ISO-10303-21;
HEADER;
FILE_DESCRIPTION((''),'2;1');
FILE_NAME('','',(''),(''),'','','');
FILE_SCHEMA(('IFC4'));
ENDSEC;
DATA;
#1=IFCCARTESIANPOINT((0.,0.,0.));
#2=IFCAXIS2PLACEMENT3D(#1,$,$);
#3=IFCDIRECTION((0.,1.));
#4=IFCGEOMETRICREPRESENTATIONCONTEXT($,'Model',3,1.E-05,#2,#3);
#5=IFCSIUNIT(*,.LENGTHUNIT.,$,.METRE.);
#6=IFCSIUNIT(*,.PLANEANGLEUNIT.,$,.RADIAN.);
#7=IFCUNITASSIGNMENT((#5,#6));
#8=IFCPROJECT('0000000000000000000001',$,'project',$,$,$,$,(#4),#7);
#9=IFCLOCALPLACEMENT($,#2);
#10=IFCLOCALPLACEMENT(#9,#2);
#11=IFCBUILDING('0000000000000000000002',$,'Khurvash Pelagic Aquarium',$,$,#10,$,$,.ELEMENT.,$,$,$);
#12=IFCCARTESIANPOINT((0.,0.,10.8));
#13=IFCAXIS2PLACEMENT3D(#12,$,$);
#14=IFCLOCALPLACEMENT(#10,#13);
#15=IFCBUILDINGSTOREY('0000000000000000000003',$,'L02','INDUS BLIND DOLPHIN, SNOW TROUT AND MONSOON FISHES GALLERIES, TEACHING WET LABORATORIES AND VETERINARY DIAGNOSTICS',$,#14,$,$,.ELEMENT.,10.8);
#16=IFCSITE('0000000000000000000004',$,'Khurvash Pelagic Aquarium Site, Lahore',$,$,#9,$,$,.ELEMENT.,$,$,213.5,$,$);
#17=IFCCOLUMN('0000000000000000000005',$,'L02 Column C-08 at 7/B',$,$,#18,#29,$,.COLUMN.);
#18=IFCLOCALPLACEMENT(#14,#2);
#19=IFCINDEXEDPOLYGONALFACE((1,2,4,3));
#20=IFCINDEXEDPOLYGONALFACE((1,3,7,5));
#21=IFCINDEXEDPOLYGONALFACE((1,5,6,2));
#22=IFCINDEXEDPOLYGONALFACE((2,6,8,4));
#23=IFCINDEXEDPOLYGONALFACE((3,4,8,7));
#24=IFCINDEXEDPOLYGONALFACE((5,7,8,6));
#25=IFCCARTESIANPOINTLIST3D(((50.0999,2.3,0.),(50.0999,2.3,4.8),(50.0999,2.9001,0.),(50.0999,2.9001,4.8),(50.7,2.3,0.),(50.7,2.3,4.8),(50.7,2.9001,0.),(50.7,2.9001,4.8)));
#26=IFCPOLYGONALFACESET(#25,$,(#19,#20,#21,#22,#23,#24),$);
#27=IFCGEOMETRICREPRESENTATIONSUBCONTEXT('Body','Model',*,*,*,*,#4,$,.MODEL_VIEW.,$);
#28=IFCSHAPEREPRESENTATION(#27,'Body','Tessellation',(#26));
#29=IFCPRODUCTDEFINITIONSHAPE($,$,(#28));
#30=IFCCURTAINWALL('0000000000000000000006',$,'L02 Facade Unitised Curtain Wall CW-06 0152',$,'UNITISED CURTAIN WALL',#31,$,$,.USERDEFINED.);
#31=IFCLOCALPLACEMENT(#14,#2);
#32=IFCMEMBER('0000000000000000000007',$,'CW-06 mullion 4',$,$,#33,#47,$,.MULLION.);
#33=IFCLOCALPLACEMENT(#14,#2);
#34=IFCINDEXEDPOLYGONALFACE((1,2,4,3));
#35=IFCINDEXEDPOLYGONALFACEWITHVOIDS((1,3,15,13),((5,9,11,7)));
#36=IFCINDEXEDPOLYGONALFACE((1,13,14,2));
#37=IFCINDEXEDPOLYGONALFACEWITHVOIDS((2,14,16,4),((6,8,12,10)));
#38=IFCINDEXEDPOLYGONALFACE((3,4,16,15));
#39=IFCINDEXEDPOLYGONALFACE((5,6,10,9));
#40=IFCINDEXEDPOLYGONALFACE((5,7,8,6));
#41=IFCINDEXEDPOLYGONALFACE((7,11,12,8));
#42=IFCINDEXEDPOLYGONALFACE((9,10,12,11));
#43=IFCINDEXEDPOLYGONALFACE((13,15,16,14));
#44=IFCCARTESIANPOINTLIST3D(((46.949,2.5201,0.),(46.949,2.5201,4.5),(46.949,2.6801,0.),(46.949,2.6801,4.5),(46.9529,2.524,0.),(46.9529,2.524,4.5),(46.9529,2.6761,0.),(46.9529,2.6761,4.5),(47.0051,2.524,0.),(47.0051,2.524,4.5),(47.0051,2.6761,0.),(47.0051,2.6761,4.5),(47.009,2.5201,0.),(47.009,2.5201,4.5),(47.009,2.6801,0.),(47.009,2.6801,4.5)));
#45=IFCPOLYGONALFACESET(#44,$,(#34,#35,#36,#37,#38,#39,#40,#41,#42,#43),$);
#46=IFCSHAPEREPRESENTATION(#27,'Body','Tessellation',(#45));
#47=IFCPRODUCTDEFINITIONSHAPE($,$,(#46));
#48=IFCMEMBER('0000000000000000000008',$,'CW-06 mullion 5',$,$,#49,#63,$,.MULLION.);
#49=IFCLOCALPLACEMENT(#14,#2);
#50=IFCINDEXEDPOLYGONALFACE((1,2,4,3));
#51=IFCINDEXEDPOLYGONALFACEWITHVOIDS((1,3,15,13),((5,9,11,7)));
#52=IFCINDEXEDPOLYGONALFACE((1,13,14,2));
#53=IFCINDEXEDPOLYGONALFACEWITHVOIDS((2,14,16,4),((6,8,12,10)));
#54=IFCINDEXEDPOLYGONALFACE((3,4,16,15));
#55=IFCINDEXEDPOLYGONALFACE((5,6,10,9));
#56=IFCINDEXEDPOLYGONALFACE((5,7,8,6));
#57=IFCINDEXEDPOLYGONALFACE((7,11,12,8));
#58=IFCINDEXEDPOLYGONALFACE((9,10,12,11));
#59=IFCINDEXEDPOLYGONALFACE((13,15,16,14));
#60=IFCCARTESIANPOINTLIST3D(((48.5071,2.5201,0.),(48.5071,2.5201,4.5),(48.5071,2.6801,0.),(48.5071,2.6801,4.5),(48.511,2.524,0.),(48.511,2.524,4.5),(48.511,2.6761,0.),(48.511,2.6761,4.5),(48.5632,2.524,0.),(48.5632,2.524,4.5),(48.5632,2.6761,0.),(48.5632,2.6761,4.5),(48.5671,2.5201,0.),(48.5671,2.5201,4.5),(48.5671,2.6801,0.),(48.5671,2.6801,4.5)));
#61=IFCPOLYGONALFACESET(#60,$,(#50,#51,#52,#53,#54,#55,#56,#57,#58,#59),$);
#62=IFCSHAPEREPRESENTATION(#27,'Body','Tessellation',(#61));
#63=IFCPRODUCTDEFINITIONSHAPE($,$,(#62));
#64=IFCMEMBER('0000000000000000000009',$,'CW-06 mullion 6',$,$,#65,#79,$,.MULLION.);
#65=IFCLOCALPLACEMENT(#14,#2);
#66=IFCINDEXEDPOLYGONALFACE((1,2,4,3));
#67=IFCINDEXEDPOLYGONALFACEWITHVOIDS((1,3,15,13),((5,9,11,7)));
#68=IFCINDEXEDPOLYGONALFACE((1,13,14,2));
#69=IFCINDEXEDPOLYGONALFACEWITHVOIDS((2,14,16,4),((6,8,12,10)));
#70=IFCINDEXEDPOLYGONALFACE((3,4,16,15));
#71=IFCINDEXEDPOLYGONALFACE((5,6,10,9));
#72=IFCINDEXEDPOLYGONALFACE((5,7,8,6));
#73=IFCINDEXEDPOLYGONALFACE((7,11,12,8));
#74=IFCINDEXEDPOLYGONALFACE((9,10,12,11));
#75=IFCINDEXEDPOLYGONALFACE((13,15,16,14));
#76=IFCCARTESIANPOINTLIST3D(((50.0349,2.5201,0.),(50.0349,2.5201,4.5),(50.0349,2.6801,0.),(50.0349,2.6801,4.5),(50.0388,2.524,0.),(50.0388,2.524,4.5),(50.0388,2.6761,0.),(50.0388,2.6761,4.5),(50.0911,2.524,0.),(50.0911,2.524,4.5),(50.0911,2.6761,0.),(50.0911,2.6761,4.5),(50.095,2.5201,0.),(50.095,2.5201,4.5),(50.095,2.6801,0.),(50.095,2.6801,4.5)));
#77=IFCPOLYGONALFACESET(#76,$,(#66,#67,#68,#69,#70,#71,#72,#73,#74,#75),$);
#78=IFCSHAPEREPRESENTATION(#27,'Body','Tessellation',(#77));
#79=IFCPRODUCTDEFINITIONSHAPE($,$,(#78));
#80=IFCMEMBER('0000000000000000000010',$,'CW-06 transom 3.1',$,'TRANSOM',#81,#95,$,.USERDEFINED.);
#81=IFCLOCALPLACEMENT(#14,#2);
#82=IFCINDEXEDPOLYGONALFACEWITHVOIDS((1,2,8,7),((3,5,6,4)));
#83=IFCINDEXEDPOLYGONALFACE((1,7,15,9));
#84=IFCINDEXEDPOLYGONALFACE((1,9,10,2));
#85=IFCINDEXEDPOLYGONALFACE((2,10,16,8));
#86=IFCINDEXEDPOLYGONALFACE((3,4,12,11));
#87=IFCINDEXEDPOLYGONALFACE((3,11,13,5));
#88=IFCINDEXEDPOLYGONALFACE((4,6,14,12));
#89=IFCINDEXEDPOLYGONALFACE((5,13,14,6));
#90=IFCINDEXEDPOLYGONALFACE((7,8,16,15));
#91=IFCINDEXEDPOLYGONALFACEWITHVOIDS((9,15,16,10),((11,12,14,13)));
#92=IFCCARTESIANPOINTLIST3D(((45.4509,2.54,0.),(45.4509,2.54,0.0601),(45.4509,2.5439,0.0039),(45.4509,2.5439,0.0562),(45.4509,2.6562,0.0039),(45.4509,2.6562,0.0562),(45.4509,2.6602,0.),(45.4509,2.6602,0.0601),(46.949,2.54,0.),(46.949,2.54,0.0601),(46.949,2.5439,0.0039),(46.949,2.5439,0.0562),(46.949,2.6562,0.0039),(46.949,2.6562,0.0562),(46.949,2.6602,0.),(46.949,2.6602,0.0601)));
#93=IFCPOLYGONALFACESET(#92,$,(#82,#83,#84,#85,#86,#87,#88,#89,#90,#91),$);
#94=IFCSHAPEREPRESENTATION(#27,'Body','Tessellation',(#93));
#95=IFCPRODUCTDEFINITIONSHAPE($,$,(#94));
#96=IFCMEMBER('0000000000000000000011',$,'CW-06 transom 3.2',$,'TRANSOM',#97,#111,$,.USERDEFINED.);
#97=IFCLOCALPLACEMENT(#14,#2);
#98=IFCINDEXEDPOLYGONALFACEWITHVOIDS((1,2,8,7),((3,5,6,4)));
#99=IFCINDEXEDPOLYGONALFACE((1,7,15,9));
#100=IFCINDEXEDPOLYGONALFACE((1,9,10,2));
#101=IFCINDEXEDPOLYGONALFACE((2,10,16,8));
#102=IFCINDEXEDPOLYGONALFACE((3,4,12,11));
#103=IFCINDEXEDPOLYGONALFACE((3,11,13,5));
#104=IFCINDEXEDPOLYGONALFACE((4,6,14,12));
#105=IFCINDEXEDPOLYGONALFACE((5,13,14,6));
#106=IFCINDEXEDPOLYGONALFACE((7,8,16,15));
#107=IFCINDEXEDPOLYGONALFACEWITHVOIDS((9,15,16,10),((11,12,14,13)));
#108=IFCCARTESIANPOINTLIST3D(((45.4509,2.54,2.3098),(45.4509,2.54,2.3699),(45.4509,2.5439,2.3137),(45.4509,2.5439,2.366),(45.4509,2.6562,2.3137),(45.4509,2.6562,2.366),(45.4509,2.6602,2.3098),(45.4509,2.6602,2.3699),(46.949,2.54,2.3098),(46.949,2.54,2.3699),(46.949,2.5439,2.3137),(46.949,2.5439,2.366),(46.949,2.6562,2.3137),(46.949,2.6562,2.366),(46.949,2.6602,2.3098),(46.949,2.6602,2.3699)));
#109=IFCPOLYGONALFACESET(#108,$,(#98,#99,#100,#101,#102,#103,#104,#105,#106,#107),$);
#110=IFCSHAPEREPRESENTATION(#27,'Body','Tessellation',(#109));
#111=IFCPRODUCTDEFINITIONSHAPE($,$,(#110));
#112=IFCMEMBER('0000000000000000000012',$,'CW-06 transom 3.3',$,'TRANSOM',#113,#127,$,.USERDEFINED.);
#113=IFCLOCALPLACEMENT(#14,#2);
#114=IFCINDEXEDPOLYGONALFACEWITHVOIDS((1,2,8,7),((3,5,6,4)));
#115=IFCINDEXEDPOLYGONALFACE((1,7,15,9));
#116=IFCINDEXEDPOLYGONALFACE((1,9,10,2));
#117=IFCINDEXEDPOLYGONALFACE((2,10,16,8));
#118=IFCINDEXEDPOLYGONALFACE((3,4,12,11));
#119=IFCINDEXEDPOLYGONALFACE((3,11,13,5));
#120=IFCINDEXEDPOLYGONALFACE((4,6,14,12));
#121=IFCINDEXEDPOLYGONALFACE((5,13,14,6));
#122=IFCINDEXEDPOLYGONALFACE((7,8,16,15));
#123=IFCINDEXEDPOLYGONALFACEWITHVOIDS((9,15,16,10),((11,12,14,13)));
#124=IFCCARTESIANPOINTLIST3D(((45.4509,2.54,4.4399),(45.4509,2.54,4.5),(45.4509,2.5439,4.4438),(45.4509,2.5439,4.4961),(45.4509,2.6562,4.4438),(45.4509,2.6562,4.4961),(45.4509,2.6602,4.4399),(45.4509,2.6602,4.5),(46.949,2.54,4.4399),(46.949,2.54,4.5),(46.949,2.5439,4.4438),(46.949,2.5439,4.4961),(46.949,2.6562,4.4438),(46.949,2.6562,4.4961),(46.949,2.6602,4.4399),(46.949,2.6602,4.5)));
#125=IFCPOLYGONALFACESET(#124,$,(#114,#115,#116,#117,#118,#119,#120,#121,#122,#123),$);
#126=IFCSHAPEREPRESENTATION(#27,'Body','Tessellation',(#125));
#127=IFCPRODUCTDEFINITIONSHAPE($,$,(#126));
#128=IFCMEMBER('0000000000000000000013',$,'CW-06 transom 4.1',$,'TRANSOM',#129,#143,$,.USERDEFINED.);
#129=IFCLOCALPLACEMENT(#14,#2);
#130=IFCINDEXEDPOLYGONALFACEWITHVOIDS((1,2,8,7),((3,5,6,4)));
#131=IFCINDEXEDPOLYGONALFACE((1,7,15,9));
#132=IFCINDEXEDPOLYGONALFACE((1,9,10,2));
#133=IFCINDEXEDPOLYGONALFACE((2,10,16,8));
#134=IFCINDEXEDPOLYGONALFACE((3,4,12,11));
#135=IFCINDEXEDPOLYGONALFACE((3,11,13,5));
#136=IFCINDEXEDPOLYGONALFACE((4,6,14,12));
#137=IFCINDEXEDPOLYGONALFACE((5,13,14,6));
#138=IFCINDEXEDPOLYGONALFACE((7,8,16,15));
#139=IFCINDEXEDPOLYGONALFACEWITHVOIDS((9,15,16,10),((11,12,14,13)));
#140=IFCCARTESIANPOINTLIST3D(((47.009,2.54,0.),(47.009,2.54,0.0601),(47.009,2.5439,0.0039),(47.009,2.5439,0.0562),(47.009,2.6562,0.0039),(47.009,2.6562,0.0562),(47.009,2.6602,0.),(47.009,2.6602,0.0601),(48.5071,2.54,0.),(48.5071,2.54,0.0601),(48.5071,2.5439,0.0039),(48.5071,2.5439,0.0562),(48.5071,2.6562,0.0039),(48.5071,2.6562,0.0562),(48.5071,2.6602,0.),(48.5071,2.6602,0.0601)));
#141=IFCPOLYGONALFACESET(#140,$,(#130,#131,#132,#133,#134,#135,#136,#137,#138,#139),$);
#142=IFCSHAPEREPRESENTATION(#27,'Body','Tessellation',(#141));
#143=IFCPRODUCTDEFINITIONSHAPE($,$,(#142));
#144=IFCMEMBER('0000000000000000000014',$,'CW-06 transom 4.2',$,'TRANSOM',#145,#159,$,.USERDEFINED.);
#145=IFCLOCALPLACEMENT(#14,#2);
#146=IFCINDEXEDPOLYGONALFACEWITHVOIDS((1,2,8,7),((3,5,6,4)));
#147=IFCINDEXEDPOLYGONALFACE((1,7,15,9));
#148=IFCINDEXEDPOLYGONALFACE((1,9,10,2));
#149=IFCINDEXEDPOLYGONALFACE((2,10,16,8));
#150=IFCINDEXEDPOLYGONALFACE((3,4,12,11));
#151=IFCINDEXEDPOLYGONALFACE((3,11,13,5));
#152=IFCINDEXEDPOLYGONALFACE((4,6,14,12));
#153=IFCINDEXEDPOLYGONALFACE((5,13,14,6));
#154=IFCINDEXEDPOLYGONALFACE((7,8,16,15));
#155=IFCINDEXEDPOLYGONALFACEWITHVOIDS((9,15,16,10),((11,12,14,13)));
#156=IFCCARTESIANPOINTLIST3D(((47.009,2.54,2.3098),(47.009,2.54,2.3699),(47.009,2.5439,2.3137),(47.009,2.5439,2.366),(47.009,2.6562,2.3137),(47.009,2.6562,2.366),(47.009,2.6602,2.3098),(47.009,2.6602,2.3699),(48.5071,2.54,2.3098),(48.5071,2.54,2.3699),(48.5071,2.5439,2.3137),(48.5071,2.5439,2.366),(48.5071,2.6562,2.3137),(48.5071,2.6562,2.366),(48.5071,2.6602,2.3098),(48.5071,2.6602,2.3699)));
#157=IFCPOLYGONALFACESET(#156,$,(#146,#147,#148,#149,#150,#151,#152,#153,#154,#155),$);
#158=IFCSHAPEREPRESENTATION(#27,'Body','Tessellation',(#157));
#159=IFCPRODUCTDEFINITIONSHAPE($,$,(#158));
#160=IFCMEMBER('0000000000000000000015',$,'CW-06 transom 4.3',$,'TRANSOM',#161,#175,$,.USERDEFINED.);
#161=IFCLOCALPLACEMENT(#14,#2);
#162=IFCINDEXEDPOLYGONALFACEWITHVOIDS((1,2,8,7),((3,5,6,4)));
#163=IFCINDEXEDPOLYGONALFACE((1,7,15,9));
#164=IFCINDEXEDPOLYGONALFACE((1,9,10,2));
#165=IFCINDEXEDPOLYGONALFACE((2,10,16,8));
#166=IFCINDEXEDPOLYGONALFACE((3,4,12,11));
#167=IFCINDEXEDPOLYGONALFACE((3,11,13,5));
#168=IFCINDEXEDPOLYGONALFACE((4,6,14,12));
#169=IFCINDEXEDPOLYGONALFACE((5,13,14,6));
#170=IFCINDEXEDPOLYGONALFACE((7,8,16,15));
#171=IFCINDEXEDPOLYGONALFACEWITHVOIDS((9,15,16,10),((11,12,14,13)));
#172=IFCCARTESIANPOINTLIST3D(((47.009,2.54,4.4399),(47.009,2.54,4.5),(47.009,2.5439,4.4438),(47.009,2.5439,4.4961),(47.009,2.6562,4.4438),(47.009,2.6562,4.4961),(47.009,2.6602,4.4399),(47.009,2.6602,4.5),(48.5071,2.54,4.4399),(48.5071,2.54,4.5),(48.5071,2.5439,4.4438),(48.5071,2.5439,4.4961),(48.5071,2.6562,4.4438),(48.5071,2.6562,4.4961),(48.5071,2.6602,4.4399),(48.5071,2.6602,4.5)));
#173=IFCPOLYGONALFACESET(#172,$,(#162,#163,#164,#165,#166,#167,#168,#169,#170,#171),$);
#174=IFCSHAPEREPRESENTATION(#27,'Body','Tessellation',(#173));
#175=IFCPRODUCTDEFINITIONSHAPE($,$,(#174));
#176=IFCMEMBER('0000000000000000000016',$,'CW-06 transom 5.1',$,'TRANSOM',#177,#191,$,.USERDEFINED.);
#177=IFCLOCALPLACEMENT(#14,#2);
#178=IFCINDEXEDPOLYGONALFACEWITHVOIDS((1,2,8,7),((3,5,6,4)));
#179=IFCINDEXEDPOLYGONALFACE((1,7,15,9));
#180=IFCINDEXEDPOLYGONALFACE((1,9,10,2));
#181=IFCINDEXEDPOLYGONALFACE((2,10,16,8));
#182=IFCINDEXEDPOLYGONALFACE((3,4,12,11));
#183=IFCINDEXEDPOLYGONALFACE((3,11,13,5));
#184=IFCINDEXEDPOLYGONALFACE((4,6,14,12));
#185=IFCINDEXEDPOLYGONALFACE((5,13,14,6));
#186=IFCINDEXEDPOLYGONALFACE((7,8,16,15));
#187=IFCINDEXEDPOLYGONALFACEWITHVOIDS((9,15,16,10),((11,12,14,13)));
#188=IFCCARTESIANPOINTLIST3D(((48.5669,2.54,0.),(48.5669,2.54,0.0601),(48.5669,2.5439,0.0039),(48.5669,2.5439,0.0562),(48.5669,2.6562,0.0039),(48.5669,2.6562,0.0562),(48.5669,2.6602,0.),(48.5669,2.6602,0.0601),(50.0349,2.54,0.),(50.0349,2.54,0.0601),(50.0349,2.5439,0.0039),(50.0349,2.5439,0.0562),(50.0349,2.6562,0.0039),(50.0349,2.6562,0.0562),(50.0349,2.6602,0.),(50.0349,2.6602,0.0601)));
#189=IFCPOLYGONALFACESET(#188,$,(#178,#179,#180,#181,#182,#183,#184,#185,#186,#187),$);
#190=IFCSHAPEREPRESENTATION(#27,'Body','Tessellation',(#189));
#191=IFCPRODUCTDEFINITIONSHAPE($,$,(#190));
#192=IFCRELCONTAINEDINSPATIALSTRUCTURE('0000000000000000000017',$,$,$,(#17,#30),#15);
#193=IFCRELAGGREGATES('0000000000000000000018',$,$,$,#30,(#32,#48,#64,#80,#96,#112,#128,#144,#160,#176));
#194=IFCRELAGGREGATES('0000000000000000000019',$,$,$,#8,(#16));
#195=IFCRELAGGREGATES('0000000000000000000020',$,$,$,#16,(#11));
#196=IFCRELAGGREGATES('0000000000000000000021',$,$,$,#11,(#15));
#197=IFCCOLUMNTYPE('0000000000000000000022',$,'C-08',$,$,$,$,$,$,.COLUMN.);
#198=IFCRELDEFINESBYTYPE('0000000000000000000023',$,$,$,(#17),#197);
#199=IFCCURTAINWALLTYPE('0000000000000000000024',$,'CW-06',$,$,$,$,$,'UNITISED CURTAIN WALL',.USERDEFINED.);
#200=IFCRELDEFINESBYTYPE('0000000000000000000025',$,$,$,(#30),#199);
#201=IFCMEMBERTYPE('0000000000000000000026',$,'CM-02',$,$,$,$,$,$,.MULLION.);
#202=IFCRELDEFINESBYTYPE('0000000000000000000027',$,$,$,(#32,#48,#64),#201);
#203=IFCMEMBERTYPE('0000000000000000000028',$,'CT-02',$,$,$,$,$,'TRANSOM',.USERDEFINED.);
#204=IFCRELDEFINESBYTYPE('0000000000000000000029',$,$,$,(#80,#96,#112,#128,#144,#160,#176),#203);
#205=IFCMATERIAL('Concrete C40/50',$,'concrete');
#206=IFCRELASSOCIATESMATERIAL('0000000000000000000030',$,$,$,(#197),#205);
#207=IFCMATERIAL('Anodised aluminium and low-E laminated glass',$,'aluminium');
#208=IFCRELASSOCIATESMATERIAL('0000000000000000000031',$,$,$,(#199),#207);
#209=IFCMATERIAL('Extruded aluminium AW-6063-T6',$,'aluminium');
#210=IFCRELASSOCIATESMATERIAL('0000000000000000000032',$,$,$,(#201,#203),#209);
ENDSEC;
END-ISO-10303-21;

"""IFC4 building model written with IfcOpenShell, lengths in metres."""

from ifc_helpers import new_model, si_unit, direction, frame, origin, origin_2d, place, context, subcontext, project, spatial, rectangle, hollow_rectangle, extrude, material, material_profile, profile_set, type_object, element, aggregate, save


model = new_model("IFC4")

# Units and contexts
model_context = context("Model", 3, precision=1e-05, world=origin(), true_north=direction((0.0, 1.0)))
body_context = subcontext(model_context, "Body", "Model", "MODEL_VIEW")
ifc_project = project(units=[si_unit("LENGTHUNIT", "METRE"), si_unit("PLANEANGLEUNIT", "RADIAN")], contexts=[model_context])

# Site, building, storey
site_placement = place(None, origin())
site = spatial("IfcSite", under=ifc_project, at=site_placement, Name="Khurvash Pelagic Aquarium Site, Lahore", CompositionType="ELEMENT", RefElevation=213.5)
building_placement = place(site_placement, origin())
building = spatial("IfcBuilding", under=site, at=building_placement, Name="Khurvash Pelagic Aquarium", CompositionType="ELEMENT")
storey_placement = place(building_placement, frame((0.0, 0.0, 10.8)))
storey = spatial("IfcBuildingStorey", under=building, at=storey_placement, Name="L02", Description="INDUS BLIND DOLPHIN, SNOW TROUT AND MONSOON FISHES GALLERIES, TEACHING WET LABORATORIES AND VETERINARY DIAGNOSTICS", CompositionType="ELEMENT", Elevation=10.8)

# Column
ifc_material_1 = material(Name="Concrete C40/50", Category="concrete")
ifc_material_profile_1 = material_profile(ifc_material_1, rectangle(XDim=0.6001, YDim=0.6001, at=origin_2d()), Name="RC600X600")
ifc_profile_set_1 = profile_set([ifc_material_profile_1], Name="Concrete C40/50")
column_type = type_object("IfcColumnType", Name="C-08", PredefinedType="COLUMN", material=ifc_profile_set_1)
column_placement = place(storey_placement, frame((50.3999, 2.6001, 0.0), z_axis=(0.0, 0.0, 1.0), x_axis=(1.0, 0.0, 0.0)))
element("IfcColumn", 1, at=column_placement, inside=storey, type_object=column_type, Name="L02 Column C-08 at 7/B", PredefinedType="COLUMN", context=body_context, shape_type="SweptSolid", body=[
    extrude(rectangle(XDim=0.6001, YDim=0.6001, at=origin_2d()), origin(), (0.0, 0.0, 1.0), 4.8),
])

# Curtain wall, members
ifc_material_2 = material(Name="Anodised aluminium and low-E laminated glass", Category="aluminium")
curtain_wall_type = type_object("IfcCurtainWallType", Name="CW-06", ElementType="UNITISED CURTAIN WALL", PredefinedType="USERDEFINED", material=ifc_material_2)
curtain_wall_placement = place(storey_placement, origin())
curtain_wall = element("IfcCurtainWall", 2, at=curtain_wall_placement, inside=storey, type_object=curtain_wall_type, Name="L02 Facade Unitised Curtain Wall CW-06 0152", ObjectType="UNITISED CURTAIN WALL", PredefinedType="USERDEFINED")
ifc_material_3 = material(Name="Extruded aluminium AW-6063-T6", Category="aluminium")
ifc_material_profile_2 = material_profile(ifc_material_3, hollow_rectangle(XDim=0.0601, YDim=0.1599, WallThickness=0.0039, at=origin_2d()), Name="CWM60X160X4")
ifc_profile_set_2 = profile_set([ifc_material_profile_2], Name="Extruded aluminium AW-6063-T6")
member_type_1 = type_object("IfcMemberType", Name="CM-02", PredefinedType="MULLION", material=ifc_profile_set_2)
member_1_placement = place(storey_placement, frame((46.979, 2.6001, 0.0), z_axis=(0.0, 0.0, 1.0), x_axis=(1.0, 0.0, 0.0)))
member_1 = element("IfcMember", 3, at=member_1_placement, type_object=member_type_1, Name="CW-06 mullion 4", PredefinedType="MULLION", context=body_context, shape_type="SweptSolid", body=[
    extrude(hollow_rectangle(XDim=0.0601, YDim=0.1599, WallThickness=0.0039, at=origin_2d()), origin(), (0.0, 0.0, 1.0), 4.5),
])
member_2_placement = place(storey_placement, frame((48.5371, 2.6001, 0.0), z_axis=(0.0, 0.0, 1.0), x_axis=(1.0, 0.0, 0.0)))
member_2 = element("IfcMember", 4, at=member_2_placement, type_object=member_type_1, Name="CW-06 mullion 5", PredefinedType="MULLION", context=body_context, shape_type="SweptSolid", body=[
    extrude(hollow_rectangle(XDim=0.0601, YDim=0.1599, WallThickness=0.0039, at=origin_2d()), origin(), (0.0, 0.0, 1.0), 4.5),
])
member_3_placement = place(storey_placement, frame((50.0649, 2.6001, 0.0), z_axis=(0.0, 0.0, 1.0), x_axis=(1.0, 0.0, 0.0)))
member_3 = element("IfcMember", 5, at=member_3_placement, type_object=member_type_1, Name="CW-06 mullion 6", PredefinedType="MULLION", context=body_context, shape_type="SweptSolid", body=[
    extrude(hollow_rectangle(XDim=0.0601, YDim=0.1599, WallThickness=0.0039, at=origin_2d()), origin(), (0.0, 0.0, 1.0), 4.5),
])
ifc_material_profile_3 = material_profile(ifc_material_3, hollow_rectangle(XDim=0.1201, YDim=0.0601, WallThickness=0.0039, at=origin_2d()), Name="CWT120X60X4")
ifc_profile_set_3 = profile_set([ifc_material_profile_3], Name="Extruded aluminium AW-6063-T6")
member_type_2 = type_object("IfcMemberType", Name="CT-02", ElementType="TRANSOM", PredefinedType="USERDEFINED", material=ifc_profile_set_3)
member_4_placement = place(storey_placement, frame((45.4509, 2.6001, 0.03), z_axis=(1.0, 0.0, 0.0), x_axis=(0.0, 1.0, 0.0)))
member_4 = element("IfcMember", 6, at=member_4_placement, type_object=member_type_2, Name="CW-06 transom 3.1", ObjectType="TRANSOM", PredefinedType="USERDEFINED", context=body_context, shape_type="SweptSolid", body=[
    extrude(hollow_rectangle(XDim=0.1201, YDim=0.0601, WallThickness=0.0039, at=origin_2d()), origin(), (0.0, 0.0, 1.0), 1.498),
])
member_5_placement = place(storey_placement, frame((45.4509, 2.6001, 2.3398), z_axis=(1.0, 0.0, 0.0), x_axis=(0.0, 1.0, 0.0)))
member_5 = element("IfcMember", 7, at=member_5_placement, type_object=member_type_2, Name="CW-06 transom 3.2", ObjectType="TRANSOM", PredefinedType="USERDEFINED", context=body_context, shape_type="SweptSolid", body=[
    extrude(hollow_rectangle(XDim=0.1201, YDim=0.0601, WallThickness=0.0039, at=origin_2d()), origin(), (0.0, 0.0, 1.0), 1.498),
])
member_6_placement = place(storey_placement, frame((45.4509, 2.6001, 4.47), z_axis=(1.0, 0.0, 0.0), x_axis=(0.0, 1.0, 0.0)))
member_6 = element("IfcMember", 8, at=member_6_placement, type_object=member_type_2, Name="CW-06 transom 3.3", ObjectType="TRANSOM", PredefinedType="USERDEFINED", context=body_context, shape_type="SweptSolid", body=[
    extrude(hollow_rectangle(XDim=0.1201, YDim=0.0601, WallThickness=0.0039, at=origin_2d()), origin(), (0.0, 0.0, 1.0), 1.498),
])
member_7_placement = place(storey_placement, frame((47.009, 2.6001, 0.03), z_axis=(1.0, 0.0, 0.0), x_axis=(0.0, 1.0, 0.0)))
member_7 = element("IfcMember", 9, at=member_7_placement, type_object=member_type_2, Name="CW-06 transom 4.1", ObjectType="TRANSOM", PredefinedType="USERDEFINED", context=body_context, shape_type="SweptSolid", body=[
    extrude(hollow_rectangle(XDim=0.1201, YDim=0.0601, WallThickness=0.0039, at=origin_2d()), origin(), (0.0, 0.0, 1.0), 1.498),
])
member_8_placement = place(storey_placement, frame((47.009, 2.6001, 2.3398), z_axis=(1.0, 0.0, 0.0), x_axis=(0.0, 1.0, 0.0)))
member_8 = element("IfcMember", 10, at=member_8_placement, type_object=member_type_2, Name="CW-06 transom 4.2", ObjectType="TRANSOM", PredefinedType="USERDEFINED", context=body_context, shape_type="SweptSolid", body=[
    extrude(hollow_rectangle(XDim=0.1201, YDim=0.0601, WallThickness=0.0039, at=origin_2d()), origin(), (0.0, 0.0, 1.0), 1.498),
])
member_9_placement = place(storey_placement, frame((47.009, 2.6001, 4.47), z_axis=(1.0, 0.0, 0.0), x_axis=(0.0, 1.0, 0.0)))
member_9 = element("IfcMember", 11, at=member_9_placement, type_object=member_type_2, Name="CW-06 transom 4.3", ObjectType="TRANSOM", PredefinedType="USERDEFINED", context=body_context, shape_type="SweptSolid", body=[
    extrude(hollow_rectangle(XDim=0.1201, YDim=0.0601, WallThickness=0.0039, at=origin_2d()), origin(), (0.0, 0.0, 1.0), 1.498),
])
member_10_placement = place(storey_placement, frame((48.5669, 2.6001, 0.03), z_axis=(1.0, 0.0, 0.0), x_axis=(0.0, 1.0, 0.0)))
member_10 = element("IfcMember", 12, at=member_10_placement, type_object=member_type_2, Name="CW-06 transom 5.1", ObjectType="TRANSOM", PredefinedType="USERDEFINED", context=body_context, shape_type="SweptSolid", body=[
    extrude(hollow_rectangle(XDim=0.1201, YDim=0.0601, WallThickness=0.0039, at=origin_2d()), origin(), (0.0, 0.0, 1.0), 1.468),
])

aggregate(curtain_wall, [member_1, member_2, member_3, member_4, member_5, member_6, member_7, member_8, member_9, member_10])

save(model, "model.ifc")
